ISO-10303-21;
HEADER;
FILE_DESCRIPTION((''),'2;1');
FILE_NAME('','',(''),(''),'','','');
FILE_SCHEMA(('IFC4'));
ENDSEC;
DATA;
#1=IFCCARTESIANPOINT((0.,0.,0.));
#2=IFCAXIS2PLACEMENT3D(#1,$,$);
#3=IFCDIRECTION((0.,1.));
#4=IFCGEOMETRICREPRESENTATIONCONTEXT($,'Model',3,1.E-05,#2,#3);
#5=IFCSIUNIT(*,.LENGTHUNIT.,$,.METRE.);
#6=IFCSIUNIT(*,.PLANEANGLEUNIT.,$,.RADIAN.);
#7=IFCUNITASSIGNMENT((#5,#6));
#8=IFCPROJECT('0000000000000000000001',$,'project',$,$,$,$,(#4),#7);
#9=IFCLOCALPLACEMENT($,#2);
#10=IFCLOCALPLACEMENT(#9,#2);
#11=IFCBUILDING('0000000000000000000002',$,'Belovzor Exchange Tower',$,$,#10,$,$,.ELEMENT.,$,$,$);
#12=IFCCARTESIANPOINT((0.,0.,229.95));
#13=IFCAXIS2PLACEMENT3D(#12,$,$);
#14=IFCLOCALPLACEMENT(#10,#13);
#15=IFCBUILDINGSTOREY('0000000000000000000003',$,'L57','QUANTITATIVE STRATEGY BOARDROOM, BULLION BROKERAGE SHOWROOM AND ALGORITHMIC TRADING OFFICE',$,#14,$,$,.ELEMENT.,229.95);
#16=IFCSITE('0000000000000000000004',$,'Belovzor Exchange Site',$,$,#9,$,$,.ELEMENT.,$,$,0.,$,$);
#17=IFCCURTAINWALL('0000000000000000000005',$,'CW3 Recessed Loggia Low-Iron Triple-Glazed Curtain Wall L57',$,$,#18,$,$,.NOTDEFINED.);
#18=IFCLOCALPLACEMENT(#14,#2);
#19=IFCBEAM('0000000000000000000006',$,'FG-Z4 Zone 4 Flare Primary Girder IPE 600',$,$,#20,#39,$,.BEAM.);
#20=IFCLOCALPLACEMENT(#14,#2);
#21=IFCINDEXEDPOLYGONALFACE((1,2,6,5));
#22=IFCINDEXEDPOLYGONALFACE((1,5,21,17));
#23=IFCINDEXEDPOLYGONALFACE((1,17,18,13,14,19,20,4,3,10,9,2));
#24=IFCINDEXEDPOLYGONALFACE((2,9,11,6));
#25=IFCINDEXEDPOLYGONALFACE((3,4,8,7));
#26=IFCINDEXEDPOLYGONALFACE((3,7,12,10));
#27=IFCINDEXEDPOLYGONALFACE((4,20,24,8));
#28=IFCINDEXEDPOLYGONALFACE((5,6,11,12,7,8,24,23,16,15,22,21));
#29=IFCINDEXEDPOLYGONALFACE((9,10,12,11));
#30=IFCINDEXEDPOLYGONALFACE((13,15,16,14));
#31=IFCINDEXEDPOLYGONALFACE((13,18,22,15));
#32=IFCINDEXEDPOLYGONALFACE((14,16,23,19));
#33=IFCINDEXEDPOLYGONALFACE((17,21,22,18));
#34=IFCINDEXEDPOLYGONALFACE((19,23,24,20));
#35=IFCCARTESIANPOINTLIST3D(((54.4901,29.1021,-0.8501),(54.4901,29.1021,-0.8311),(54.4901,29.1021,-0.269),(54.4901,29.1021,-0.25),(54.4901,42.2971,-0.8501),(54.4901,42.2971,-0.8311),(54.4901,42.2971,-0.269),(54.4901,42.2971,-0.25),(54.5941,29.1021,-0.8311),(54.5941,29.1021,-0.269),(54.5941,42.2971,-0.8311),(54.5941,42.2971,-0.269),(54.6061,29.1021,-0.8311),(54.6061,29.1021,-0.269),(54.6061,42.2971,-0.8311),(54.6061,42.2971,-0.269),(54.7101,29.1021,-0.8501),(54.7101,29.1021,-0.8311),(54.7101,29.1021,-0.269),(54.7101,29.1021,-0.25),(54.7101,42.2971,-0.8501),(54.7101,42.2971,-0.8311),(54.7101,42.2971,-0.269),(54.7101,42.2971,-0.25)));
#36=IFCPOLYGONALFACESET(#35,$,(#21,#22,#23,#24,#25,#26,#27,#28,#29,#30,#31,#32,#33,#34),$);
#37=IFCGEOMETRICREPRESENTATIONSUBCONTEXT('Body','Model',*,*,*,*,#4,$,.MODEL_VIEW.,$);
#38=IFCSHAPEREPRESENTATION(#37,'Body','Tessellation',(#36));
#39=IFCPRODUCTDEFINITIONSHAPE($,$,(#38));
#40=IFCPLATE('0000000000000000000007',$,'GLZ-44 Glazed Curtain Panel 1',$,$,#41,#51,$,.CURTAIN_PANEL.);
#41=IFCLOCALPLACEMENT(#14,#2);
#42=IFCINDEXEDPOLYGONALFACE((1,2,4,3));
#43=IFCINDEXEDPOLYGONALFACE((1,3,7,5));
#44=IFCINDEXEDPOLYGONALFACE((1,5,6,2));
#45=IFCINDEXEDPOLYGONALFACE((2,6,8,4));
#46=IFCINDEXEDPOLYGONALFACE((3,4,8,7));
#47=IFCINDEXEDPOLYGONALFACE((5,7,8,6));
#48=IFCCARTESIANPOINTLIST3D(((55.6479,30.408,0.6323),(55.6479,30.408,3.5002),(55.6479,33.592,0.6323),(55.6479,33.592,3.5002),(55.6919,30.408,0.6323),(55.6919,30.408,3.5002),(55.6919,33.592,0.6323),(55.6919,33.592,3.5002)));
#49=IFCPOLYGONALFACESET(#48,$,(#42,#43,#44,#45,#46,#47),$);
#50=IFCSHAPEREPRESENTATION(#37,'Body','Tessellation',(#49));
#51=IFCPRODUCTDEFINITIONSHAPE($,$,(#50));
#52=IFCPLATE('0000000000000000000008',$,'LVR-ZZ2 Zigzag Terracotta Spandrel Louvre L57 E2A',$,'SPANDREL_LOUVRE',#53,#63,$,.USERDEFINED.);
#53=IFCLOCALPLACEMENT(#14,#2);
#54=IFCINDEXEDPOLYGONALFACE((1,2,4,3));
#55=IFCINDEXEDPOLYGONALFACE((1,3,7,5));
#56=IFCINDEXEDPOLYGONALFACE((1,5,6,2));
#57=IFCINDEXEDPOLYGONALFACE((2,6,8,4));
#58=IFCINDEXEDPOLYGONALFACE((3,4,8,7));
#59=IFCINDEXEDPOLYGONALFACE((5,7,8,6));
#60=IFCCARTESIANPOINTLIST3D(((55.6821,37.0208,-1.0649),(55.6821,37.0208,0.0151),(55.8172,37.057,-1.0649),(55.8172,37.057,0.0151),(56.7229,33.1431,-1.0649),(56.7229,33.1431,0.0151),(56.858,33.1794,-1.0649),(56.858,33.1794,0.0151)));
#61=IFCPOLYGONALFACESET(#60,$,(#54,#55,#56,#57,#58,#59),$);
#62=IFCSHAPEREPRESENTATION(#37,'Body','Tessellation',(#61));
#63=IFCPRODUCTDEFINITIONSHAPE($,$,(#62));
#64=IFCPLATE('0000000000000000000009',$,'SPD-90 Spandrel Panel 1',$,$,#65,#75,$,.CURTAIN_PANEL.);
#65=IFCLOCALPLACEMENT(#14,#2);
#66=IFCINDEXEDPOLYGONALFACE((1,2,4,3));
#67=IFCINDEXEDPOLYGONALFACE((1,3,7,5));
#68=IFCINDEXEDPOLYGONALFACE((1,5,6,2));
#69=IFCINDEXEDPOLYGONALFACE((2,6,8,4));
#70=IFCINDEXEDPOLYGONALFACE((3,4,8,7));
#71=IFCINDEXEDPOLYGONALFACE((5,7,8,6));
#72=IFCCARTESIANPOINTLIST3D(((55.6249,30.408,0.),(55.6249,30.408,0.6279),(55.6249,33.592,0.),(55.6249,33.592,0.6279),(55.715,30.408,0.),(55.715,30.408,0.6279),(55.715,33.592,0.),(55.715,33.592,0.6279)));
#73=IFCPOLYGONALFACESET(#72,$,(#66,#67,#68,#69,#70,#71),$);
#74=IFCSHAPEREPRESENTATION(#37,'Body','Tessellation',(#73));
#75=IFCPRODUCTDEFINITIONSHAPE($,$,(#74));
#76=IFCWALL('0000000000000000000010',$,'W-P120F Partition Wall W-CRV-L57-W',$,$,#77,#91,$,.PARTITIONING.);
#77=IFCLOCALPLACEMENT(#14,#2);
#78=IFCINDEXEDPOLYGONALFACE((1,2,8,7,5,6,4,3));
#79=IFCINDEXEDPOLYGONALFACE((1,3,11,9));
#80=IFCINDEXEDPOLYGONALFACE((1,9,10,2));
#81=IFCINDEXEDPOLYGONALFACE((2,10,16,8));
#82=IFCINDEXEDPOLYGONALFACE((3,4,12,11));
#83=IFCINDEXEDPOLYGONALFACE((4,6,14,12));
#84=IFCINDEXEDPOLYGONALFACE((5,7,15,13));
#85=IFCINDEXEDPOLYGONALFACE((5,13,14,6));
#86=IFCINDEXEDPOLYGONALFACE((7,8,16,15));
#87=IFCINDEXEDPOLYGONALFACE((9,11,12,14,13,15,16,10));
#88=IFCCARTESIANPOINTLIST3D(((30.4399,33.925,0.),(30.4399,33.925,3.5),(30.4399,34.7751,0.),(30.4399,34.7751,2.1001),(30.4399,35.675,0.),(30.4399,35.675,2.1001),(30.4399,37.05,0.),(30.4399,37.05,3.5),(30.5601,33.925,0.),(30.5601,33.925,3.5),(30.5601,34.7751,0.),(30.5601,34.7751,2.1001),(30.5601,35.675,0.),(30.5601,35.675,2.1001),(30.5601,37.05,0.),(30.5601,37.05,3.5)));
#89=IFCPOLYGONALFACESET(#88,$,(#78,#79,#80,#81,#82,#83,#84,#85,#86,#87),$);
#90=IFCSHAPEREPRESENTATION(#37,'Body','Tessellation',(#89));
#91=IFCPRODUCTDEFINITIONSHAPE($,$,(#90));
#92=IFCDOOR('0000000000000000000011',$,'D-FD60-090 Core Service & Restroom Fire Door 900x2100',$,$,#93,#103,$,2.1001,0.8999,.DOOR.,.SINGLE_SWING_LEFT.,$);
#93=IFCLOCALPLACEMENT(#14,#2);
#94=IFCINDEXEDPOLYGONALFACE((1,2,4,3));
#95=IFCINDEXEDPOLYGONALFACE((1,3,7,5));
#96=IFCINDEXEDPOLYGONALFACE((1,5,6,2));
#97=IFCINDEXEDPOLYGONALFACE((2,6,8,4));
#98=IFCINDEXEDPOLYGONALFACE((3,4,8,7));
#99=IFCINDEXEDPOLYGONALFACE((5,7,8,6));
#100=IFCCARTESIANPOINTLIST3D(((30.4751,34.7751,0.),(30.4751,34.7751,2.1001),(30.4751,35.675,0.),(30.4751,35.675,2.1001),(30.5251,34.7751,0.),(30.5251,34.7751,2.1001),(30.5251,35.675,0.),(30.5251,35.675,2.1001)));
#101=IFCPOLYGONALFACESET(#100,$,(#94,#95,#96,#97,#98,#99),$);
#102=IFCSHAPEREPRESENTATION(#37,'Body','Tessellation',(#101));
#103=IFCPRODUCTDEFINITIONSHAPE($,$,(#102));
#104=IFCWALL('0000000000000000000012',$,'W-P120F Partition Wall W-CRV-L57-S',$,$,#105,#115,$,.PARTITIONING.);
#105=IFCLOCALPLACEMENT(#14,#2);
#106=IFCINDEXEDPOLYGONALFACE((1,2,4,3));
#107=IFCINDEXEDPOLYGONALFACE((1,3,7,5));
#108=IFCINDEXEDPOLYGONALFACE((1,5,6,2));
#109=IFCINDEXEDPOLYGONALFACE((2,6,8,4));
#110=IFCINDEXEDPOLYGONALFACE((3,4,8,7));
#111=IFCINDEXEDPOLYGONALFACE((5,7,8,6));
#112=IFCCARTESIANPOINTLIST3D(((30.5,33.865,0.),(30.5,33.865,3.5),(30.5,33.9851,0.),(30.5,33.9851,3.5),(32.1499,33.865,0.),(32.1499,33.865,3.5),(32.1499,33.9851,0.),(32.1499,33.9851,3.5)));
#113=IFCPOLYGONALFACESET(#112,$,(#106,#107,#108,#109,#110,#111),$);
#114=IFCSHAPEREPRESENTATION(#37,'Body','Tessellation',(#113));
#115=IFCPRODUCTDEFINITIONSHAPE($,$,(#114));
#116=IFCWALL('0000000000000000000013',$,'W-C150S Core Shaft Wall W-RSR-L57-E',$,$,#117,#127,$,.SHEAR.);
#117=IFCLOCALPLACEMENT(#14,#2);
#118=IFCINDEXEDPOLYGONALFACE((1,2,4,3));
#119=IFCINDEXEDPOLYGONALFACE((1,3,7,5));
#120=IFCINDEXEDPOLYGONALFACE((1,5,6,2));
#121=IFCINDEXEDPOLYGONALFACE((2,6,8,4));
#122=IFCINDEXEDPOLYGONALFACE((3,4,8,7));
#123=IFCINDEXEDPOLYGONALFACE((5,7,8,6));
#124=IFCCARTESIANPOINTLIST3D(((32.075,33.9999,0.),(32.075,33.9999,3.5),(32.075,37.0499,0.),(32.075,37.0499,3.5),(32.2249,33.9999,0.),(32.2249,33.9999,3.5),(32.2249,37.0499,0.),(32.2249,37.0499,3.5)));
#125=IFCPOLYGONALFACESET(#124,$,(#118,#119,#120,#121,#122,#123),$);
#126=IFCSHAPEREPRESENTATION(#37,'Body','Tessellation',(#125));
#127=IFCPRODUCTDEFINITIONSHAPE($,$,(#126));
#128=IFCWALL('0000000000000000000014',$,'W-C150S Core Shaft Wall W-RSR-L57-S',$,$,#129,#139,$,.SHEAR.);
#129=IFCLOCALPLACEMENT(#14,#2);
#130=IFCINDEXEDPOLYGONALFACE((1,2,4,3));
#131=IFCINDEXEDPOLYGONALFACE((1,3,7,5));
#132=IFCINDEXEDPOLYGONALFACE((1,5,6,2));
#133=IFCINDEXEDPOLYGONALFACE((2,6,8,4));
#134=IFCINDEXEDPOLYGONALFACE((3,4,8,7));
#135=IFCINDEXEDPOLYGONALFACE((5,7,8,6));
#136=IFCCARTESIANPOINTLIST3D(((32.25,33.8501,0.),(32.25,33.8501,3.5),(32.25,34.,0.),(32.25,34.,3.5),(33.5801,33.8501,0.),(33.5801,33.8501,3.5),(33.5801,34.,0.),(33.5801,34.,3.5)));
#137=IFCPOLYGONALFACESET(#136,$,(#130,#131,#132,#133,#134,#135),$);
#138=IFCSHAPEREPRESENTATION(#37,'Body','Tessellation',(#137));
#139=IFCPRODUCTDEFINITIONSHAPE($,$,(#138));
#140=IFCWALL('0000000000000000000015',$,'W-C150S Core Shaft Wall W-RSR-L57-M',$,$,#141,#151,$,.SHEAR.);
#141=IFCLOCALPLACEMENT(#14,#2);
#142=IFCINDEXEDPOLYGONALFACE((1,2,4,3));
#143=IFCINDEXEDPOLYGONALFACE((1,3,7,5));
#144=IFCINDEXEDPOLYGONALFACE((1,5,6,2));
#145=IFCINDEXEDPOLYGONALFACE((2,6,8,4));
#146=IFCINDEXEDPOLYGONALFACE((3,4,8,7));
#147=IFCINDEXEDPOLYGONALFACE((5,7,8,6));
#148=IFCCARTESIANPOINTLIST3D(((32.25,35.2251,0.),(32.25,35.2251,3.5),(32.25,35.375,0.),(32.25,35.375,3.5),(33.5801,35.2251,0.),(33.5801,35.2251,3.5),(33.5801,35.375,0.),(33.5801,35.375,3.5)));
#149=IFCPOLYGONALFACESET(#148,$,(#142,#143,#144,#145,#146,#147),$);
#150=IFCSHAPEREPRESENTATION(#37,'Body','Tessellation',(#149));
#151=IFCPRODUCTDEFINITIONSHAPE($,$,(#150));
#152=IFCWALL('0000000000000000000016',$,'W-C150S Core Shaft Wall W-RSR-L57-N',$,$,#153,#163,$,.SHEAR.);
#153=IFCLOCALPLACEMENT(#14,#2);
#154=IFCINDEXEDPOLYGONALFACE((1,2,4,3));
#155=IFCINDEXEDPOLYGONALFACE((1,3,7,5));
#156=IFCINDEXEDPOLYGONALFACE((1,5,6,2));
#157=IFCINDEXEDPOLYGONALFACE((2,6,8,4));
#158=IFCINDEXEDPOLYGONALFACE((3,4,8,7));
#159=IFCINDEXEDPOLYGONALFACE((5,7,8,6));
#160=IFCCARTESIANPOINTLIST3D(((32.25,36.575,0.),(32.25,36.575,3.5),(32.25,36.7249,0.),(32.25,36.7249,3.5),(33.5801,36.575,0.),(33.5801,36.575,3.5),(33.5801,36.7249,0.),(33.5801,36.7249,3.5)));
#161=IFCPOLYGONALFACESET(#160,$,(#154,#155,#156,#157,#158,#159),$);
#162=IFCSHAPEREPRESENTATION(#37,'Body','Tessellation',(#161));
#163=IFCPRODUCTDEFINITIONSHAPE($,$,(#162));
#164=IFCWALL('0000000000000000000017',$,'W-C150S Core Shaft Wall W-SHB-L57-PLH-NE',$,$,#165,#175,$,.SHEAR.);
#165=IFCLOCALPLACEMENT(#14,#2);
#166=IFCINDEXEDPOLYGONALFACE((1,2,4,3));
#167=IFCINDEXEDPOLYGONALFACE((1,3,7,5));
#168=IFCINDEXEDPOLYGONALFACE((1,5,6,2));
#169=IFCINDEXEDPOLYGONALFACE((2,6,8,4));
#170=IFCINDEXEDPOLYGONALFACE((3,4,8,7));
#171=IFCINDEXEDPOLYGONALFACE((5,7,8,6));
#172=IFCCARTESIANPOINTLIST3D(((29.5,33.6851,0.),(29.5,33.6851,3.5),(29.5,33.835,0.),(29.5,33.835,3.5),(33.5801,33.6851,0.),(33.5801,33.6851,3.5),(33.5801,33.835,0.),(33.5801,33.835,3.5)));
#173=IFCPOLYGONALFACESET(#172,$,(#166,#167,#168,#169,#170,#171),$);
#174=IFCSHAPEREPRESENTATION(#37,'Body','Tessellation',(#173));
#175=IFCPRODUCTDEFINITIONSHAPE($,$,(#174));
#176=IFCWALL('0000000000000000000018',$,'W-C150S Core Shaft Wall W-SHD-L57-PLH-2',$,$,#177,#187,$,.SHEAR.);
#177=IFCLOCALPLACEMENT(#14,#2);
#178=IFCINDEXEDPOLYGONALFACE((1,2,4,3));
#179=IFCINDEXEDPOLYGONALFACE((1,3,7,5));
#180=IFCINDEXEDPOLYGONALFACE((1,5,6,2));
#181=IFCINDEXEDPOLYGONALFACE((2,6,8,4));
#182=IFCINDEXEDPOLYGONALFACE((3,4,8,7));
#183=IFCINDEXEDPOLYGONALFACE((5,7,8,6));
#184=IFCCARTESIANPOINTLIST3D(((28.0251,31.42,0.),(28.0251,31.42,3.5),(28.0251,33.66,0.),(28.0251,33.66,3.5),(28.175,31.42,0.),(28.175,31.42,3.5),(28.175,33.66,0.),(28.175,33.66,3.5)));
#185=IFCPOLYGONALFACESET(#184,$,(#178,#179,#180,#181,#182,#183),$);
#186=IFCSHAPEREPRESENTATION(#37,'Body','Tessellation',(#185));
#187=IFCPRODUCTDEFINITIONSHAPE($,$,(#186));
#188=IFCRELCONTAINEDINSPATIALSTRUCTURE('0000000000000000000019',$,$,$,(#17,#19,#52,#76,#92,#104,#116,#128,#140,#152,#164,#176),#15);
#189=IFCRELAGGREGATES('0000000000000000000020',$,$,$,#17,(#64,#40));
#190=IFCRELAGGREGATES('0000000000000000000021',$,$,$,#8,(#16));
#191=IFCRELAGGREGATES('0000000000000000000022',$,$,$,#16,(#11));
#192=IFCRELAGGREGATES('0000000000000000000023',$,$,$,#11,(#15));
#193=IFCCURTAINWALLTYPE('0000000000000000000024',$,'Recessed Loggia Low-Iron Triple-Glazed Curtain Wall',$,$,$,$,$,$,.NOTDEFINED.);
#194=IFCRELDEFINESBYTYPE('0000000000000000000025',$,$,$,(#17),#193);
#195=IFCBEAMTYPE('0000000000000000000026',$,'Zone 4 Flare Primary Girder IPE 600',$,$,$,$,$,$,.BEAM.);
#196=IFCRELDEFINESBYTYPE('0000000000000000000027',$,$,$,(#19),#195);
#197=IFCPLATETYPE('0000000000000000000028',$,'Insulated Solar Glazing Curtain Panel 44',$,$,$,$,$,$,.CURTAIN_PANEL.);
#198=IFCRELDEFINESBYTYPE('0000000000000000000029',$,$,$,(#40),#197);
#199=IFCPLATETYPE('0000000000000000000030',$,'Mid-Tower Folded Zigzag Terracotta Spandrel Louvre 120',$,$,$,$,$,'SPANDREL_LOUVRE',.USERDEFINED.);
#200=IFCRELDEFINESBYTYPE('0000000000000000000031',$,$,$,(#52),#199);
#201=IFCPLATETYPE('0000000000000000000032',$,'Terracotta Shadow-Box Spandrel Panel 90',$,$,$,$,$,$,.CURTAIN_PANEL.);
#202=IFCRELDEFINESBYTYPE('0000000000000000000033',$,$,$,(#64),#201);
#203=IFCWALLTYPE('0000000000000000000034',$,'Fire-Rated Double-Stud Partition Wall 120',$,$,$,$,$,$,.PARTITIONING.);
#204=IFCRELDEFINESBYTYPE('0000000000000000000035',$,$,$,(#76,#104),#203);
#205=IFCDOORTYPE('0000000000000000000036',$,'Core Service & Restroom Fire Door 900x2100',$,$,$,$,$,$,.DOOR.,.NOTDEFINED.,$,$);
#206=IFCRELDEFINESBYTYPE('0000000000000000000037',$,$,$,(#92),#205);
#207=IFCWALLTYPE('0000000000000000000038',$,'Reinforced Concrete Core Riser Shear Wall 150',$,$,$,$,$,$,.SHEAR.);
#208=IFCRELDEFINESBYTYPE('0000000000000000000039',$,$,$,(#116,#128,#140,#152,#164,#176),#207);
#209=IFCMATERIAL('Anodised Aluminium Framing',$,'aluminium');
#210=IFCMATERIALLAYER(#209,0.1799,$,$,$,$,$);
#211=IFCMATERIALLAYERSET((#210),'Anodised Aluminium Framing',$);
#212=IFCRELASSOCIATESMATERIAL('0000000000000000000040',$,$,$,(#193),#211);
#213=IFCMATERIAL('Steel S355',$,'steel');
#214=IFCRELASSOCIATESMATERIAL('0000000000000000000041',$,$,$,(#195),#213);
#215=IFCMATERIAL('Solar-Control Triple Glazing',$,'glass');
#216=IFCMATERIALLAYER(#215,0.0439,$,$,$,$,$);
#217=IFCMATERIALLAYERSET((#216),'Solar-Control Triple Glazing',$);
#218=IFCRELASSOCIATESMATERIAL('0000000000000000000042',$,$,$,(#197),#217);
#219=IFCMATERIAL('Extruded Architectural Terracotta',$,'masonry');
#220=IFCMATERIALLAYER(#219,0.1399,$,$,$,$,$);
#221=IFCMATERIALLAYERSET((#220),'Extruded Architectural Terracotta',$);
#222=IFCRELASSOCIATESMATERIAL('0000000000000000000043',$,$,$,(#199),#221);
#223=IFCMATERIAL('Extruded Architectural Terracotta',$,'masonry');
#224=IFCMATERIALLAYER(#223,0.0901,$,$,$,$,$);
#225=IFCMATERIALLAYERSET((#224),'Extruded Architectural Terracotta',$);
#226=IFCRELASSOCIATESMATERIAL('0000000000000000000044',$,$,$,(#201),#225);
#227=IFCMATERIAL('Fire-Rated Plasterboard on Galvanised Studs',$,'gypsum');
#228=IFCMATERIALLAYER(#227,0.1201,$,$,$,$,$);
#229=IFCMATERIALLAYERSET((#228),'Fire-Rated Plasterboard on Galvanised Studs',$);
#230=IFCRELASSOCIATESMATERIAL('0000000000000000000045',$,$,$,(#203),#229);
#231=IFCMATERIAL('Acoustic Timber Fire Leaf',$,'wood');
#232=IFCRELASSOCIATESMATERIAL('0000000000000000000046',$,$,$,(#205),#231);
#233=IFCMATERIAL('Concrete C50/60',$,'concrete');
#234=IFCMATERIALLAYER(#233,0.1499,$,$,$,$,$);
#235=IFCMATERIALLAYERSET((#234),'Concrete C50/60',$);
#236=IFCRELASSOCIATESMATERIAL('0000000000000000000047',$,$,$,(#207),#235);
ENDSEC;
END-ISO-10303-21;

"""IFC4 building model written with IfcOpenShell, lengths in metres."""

from ifc_helpers import new_model, si_unit, direction, frame, frame_2d, origin, origin_2d, place, context, subcontext, project, spatial, rectangle, i_section, extrude, material, layer, layer_set, material_profile, profile_set, type_object, element, fill, aggregate, save


model = new_model("IFC4")

# Units and contexts
model_context = context("Model", 3, precision=1e-05, world=origin(), true_north=direction((0.0, 1.0)))
body_context = subcontext(model_context, "Body", "Model", "MODEL_VIEW")
ifc_project = project(units=[si_unit("LENGTHUNIT", "METRE"), si_unit("PLANEANGLEUNIT", "RADIAN")], contexts=[model_context])

# Site, building, storey
site_placement = place(None, origin())
site = spatial("IfcSite", under=ifc_project, at=site_placement, Name="Belovzor Exchange Site", CompositionType="ELEMENT", RefElevation=0.0)
building_placement = place(site_placement, origin())
building = spatial("IfcBuilding", under=site, at=building_placement, Name="Belovzor Exchange Tower", CompositionType="ELEMENT")
storey_placement = place(building_placement, frame((0.0, 0.0, 229.95)))
storey = spatial("IfcBuildingStorey", under=building, at=storey_placement, Name="L57", Description="QUANTITATIVE STRATEGY BOARDROOM, BULLION BROKERAGE SHOWROOM AND ALGORITHMIC TRADING OFFICE", CompositionType="ELEMENT", Elevation=229.95)

# Curtain wall
ifc_material_1 = material(Name="Anodised Aluminium Framing", Category="aluminium")
ifc_layer_1 = layer(ifc_material_1, 0.1799)
ifc_layer_set_1 = layer_set([ifc_layer_1], Name="Anodised Aluminium Framing")
curtain_wall_type = type_object("IfcCurtainWallType", Name="Recessed Loggia Low-Iron Triple-Glazed Curtain Wall", PredefinedType="NOTDEFINED", material=ifc_layer_set_1)
curtain_wall_placement = place(storey_placement, origin())
curtain_wall = element("IfcCurtainWall", 1, at=curtain_wall_placement, inside=storey, type_object=curtain_wall_type, Name="CW3 Recessed Loggia Low-Iron Triple-Glazed Curtain Wall L57", PredefinedType="NOTDEFINED")

# Beam
ifc_material_2 = material(Name="Steel S355", Category="steel")
ifc_material_profile_1 = material_profile(ifc_material_2, i_section(OverallWidth=0.22, OverallDepth=0.6001, WebThickness=0.012, FlangeThickness=0.019, at=origin_2d()))
ifc_profile_set_1 = profile_set([ifc_material_profile_1], Name="Steel S355")
beam_type_1 = type_object("IfcBeamType", Name="Zone 4 Flare Primary Girder IPE 600", PredefinedType="BEAM", material=ifc_profile_set_1)
beam_1_placement = place(storey_placement, frame((54.6001, 29.1021, -0.55), z_axis=(0.0, 1.0, 0.0), x_axis=(-1.0, 0.0, 0.0)))
element("IfcBeam", 2, at=beam_1_placement, inside=storey, type_object=beam_type_1, Name="FG-Z4 Zone 4 Flare Primary Girder IPE 600", PredefinedType="BEAM", context=body_context, shape_type="SweptSolid", body=[
    extrude(i_section(OverallWidth=0.22, OverallDepth=0.6001, WebThickness=0.012, FlangeThickness=0.019, at=origin_2d()), origin(), (0.0, 0.0, 1.0), 13.1951),
])

# Plates
ifc_material_3 = material(Name="Solar-Control Triple Glazing", Category="glass")
ifc_layer_2 = layer(ifc_material_3, 0.0439)
ifc_layer_set_2 = layer_set([ifc_layer_2], Name="Solar-Control Triple Glazing")
plate_type_1 = type_object("IfcPlateType", Name="Insulated Solar Glazing Curtain Panel 44", PredefinedType="CURTAIN_PANEL", material=ifc_layer_set_2)
plate_1_placement = place(storey_placement, frame((55.6699, 32.0, 0.6323), z_axis=(0.0, 0.0, 1.0), x_axis=(0.0, -1.0, 0.0)))
plate_1 = element("IfcPlate", 3, at=plate_1_placement, type_object=plate_type_1, Name="GLZ-44 Glazed Curtain Panel 1", PredefinedType="CURTAIN_PANEL", context=body_context, shape_type="SweptSolid", body=[
    extrude(rectangle(XDim=3.1841, YDim=0.0439, at=origin_2d()), origin(), (0.0, 0.0, 1.0), 2.8679),
])
ifc_material_4 = material(Name="Extruded Architectural Terracotta", Category="masonry")
ifc_layer_3 = layer(ifc_material_4, 0.1399)
ifc_layer_set_3 = layer_set([ifc_layer_3], Name="Extruded Architectural Terracotta")
plate_type_2 = type_object("IfcPlateType", Name="Mid-Tower Folded Zigzag Terracotta Spandrel Louvre 120", ElementType="SPANDREL_LOUVRE", PredefinedType="USERDEFINED", material=ifc_layer_set_3)
plate_2_placement = place(storey_placement, frame((56.27, 35.1001, -1.0649), z_axis=(0.0, 0.0, 1.0), x_axis=(-0.25924, 0.965813, 0.0)))
element("IfcPlate", 4, at=plate_2_placement, inside=storey, type_object=plate_type_2, Name="LVR-ZZ2 Zigzag Terracotta Spandrel Louvre L57 E2A", ObjectType="SPANDREL_LOUVRE", PredefinedType="USERDEFINED", context=body_context, shape_type="SweptSolid", body=[
    extrude(rectangle(XDim=4.0149, YDim=0.1399, at=origin_2d()), origin(), (0.0, 0.0, 1.0), 1.0801),
])
ifc_material_5 = material(Name="Extruded Architectural Terracotta", Category="masonry")
ifc_layer_4 = layer(ifc_material_5, 0.0901)
ifc_layer_set_4 = layer_set([ifc_layer_4], Name="Extruded Architectural Terracotta")
plate_type_3 = type_object("IfcPlateType", Name="Terracotta Shadow-Box Spandrel Panel 90", PredefinedType="CURTAIN_PANEL", material=ifc_layer_set_4)
plate_3_placement = place(storey_placement, frame((55.6699, 32.0, 0.0), z_axis=(0.0, 0.0, 1.0), x_axis=(0.0, -1.0, 0.0)))
plate_3 = element("IfcPlate", 5, at=plate_3_placement, type_object=plate_type_3, Name="SPD-90 Spandrel Panel 1", PredefinedType="CURTAIN_PANEL", context=body_context, shape_type="SweptSolid", body=[
    extrude(rectangle(XDim=3.1841, YDim=0.0901, at=origin_2d()), origin(), (0.0, 0.0, 1.0), 0.6279),
])
aggregate(curtain_wall, [plate_3, plate_1])

# Wall, opening, door
ifc_material_6 = material(Name="Fire-Rated Plasterboard on Galvanised Studs", Category="gypsum")
ifc_layer_5 = layer(ifc_material_6, 0.1201)
ifc_layer_set_5 = layer_set([ifc_layer_5], Name="Fire-Rated Plasterboard on Galvanised Studs")
wall_type_1 = type_object("IfcWallType", Name="Fire-Rated Double-Stud Partition Wall 120", PredefinedType="PARTITIONING", material=ifc_layer_set_5)
wall_1_placement = place(storey_placement, frame((30.5, 33.925, 0.0), z_axis=(0.0, 0.0, 1.0), x_axis=(0.0, 1.0, 0.0)))
wall_1 = element("IfcWall", 6, at=wall_1_placement, inside=storey, type_object=wall_type_1, Name="W-P120F Partition Wall W-CRV-L57-W", PredefinedType="PARTITIONING", context=body_context, shape_type="SweptSolid", body=[
    extrude(rectangle(XDim=3.125, YDim=0.1201, at=frame_2d((1.5625, 0.0))), origin(), (0.0, 0.0, 1.0), 3.5),
])
opening_1_placement = place(wall_1_placement, frame((0.8501, 0.0, 0.0)))
opening_1 = element("IfcOpeningElement", 7, at=opening_1_placement, cuts=wall_1, PredefinedType="OPENING", context=body_context, shape_type="SweptSolid", body=[
    extrude(rectangle(XDim=0.8999, YDim=2.1001, at=frame_2d((0.45, 1.05))), frame((0.0, 0.0701, 0.0), z_axis=(0.0, -1.0, 0.0), x_axis=(1.0, 0.0, 0.0)), (0.0, 0.0, 1.0), 0.1401),
])
ifc_material_7 = material(Name="Acoustic Timber Fire Leaf", Category="wood")
door_type_1 = type_object("IfcDoorType", Name="Core Service & Restroom Fire Door 900x2100", OperationType="NOTDEFINED", PredefinedType="DOOR", material=ifc_material_7)
door_1_placement = place(opening_1_placement, origin())
door_1 = element("IfcDoor", 8, at=door_1_placement, inside=storey, type_object=door_type_1, Name="D-FD60-090 Core Service & Restroom Fire Door 900x2100", OperationType="SINGLE_SWING_LEFT", OverallHeight=2.1001, OverallWidth=0.8999, PredefinedType="DOOR", context=body_context, shape_type="SweptSolid", body=[
    extrude(rectangle(XDim=0.8999, YDim=2.1001, at=frame_2d((0.45, 1.05))), frame((0.0, 0.0249, 0.0), z_axis=(0.0, -1.0, 0.0), x_axis=(1.0, 0.0, 0.0)), (0.0, 0.0, 1.0), 0.05),
])
fill(opening_1, door_1)

# Walls
wall_2_placement = place(storey_placement, frame((30.5, 33.925, 0.0), z_axis=(0.0, 0.0, 1.0), x_axis=(1.0, 0.0, 0.0)))
element("IfcWall", 9, at=wall_2_placement, inside=storey, type_object=wall_type_1, Name="W-P120F Partition Wall W-CRV-L57-S", PredefinedType="PARTITIONING", context=body_context, shape_type="SweptSolid", body=[
    extrude(rectangle(XDim=1.6499, YDim=0.1201, at=frame_2d((0.825, 0.0))), origin(), (0.0, 0.0, 1.0), 3.5),
])
ifc_material_8 = material(Name="Concrete C50/60", Category="concrete")
ifc_layer_6 = layer(ifc_material_8, 0.1499)
ifc_layer_set_6 = layer_set([ifc_layer_6], Name="Concrete C50/60")
wall_type_2 = type_object("IfcWallType", Name="Reinforced Concrete Core Riser Shear Wall 150", PredefinedType="SHEAR", material=ifc_layer_set_6)
wall_3_placement = place(storey_placement, frame((32.1499, 34.0, 0.0), z_axis=(0.0, 0.0, 1.0), x_axis=(0.0, 1.0, 0.0)))
element("IfcWall", 10, at=wall_3_placement, inside=storey, type_object=wall_type_2, Name="W-C150S Core Shaft Wall W-RSR-L57-E", PredefinedType="SHEAR", context=body_context, shape_type="SweptSolid", body=[
    extrude(rectangle(XDim=3.05, YDim=0.1499, at=frame_2d((1.5249, 0.0))), origin(), (0.0, 0.0, 1.0), 3.5),
])
for number, where, z_axis, x_axis, name in (
    (11, (32.25, 33.925, 0.0), (0.0, 0.0, 1.0), (1.0, 0.0, 0.0), "W-C150S Core Shaft Wall W-RSR-L57-S"),
    (12, (32.25, 35.3, 0.0), (0.0, 0.0, 1.0), (1.0, 0.0, 0.0), "W-C150S Core Shaft Wall W-RSR-L57-M"),
    (13, (32.25, 36.6499, 0.0), (0.0, 0.0, 1.0), (1.0, 0.0, 0.0), "W-C150S Core Shaft Wall W-RSR-L57-N"),
):
    element("IfcWall", number, at=place(storey_placement, frame(where, z_axis=z_axis, x_axis=x_axis)), inside=storey, type_object=wall_type_2, Name=name, PredefinedType="SHEAR", context=body_context, shape_type="SweptSolid", body=[
        extrude(rectangle(XDim=1.3301, YDim=0.1499, at=frame_2d((0.665, 0.0))), origin(), (0.0, 0.0, 1.0), 3.5),
    ])
wall_4_placement = place(storey_placement, frame((29.5, 33.76, 0.0), z_axis=(0.0, 0.0, 1.0), x_axis=(1.0, 0.0, 0.0)))
element("IfcWall", 14, at=wall_4_placement, inside=storey, type_object=wall_type_2, Name="W-C150S Core Shaft Wall W-SHB-L57-PLH-NE", PredefinedType="SHEAR", context=body_context, shape_type="SweptSolid", body=[
    extrude(rectangle(XDim=4.0801, YDim=0.1499, at=frame_2d((2.04, 0.0))), origin(), (0.0, 0.0, 1.0), 3.5),
])
for number, where, z_axis, x_axis, name in (
    (15, (28.1001, 31.4199, 0.0), (0.0, 0.0, 1.0), (0.0, 1.0, 0.0), "W-C150S Core Shaft Wall W-SHD-L57-PLH-2"),
):
    element("IfcWall", number, at=place(storey_placement, frame(where, z_axis=z_axis, x_axis=x_axis)), inside=storey, type_object=wall_type_2, Name=name, PredefinedType="SHEAR", context=body_context, shape_type="SweptSolid", body=[
        extrude(rectangle(XDim=2.24, YDim=0.1499, at=frame_2d((1.1201, 0.0))), origin(), (0.0, 0.0, 1.0), 3.5),
    ])

save(model, "model.ifc")
